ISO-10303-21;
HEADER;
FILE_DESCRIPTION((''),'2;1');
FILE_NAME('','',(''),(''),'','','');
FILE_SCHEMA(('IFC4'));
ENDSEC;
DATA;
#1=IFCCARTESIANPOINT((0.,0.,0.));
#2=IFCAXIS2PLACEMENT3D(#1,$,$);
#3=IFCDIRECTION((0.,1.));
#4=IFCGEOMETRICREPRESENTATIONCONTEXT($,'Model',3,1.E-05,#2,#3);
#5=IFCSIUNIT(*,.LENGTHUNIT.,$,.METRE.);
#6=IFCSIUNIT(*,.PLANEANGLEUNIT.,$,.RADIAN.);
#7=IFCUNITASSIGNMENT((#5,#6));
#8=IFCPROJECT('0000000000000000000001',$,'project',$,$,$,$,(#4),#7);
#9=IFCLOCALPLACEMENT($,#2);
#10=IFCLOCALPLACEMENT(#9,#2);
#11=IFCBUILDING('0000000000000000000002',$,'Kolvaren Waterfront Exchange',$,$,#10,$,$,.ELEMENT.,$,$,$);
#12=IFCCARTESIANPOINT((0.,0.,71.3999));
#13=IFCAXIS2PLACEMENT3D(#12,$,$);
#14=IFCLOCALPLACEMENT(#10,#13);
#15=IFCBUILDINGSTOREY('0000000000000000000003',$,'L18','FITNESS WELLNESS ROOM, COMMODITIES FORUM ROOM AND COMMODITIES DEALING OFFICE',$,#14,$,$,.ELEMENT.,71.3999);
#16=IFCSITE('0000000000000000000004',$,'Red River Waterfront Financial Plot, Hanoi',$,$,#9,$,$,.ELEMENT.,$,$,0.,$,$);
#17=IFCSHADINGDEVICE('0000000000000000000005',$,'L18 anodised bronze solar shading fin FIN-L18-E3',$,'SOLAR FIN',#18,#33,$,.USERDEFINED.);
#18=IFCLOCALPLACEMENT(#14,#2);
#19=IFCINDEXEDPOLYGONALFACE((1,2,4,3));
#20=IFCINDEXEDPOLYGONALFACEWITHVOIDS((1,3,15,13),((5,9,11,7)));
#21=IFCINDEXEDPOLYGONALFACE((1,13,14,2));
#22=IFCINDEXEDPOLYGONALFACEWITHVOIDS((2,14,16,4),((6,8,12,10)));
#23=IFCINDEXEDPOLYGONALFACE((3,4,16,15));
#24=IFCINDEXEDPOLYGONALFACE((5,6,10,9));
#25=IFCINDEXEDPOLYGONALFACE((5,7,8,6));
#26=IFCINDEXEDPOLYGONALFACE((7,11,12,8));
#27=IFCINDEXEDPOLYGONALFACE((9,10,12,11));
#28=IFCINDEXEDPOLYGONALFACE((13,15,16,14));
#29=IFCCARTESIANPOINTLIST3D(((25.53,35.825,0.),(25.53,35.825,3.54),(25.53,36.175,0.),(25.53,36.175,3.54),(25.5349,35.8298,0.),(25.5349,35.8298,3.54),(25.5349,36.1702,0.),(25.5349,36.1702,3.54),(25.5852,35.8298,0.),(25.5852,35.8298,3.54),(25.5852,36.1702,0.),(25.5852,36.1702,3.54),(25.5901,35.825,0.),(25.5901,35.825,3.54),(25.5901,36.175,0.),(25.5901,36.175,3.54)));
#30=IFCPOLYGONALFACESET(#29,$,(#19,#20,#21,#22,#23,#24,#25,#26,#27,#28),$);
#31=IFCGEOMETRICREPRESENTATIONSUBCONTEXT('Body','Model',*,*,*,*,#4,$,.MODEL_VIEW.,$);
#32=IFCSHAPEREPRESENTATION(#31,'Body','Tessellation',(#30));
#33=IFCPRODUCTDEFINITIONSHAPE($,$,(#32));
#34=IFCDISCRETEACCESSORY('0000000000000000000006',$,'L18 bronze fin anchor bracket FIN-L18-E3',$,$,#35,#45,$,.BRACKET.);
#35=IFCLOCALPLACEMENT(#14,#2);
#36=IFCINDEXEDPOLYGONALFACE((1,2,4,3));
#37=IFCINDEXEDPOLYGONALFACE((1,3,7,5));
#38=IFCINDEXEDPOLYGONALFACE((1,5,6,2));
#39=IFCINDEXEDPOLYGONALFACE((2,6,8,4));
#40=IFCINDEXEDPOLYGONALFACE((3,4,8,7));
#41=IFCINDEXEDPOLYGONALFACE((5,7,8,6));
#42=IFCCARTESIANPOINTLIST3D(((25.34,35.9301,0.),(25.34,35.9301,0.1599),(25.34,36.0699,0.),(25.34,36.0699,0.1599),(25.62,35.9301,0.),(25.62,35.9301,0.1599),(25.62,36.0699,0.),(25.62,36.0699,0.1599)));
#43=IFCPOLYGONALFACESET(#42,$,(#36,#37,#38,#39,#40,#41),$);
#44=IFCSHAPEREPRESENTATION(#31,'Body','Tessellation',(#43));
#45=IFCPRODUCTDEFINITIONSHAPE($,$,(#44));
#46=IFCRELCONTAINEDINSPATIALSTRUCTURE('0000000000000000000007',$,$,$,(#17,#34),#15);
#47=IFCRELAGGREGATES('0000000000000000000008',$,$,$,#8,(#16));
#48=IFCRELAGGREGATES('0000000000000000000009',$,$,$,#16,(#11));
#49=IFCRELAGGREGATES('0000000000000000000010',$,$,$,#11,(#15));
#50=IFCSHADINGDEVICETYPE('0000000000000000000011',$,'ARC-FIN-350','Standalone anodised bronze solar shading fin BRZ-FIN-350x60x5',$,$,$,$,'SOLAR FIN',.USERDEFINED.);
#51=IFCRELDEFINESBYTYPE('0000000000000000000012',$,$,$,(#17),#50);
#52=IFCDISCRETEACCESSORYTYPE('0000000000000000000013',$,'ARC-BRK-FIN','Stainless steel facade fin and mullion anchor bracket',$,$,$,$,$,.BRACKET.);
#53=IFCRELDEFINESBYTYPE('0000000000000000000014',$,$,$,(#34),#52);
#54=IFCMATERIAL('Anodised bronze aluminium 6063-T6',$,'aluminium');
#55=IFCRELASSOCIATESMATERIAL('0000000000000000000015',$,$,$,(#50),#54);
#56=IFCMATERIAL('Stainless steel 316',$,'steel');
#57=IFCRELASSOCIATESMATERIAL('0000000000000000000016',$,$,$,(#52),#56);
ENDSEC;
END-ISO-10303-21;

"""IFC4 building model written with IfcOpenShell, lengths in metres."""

from ifc_helpers import new_model, si_unit, direction, frame, origin, origin_with_axes, origin_2d, place, context, subcontext, project, spatial, rectangle, hollow_rectangle, extrude, source, transform, mapped, material, material_profile, profile_set, type_object, element, save


model = new_model("IFC4")

# Units and contexts
model_context = context("Model", 3, precision=1e-05, world=origin(), true_north=direction((0.0, 1.0)))
body_context = subcontext(model_context, "Body", "Model", "MODEL_VIEW")
ifc_project = project(units=[si_unit("LENGTHUNIT", "METRE"), si_unit("PLANEANGLEUNIT", "RADIAN")], contexts=[model_context])

# Site, building, storey
site_placement = place(None, origin())
site = spatial("IfcSite", under=ifc_project, at=site_placement, Name="Red River Waterfront Financial Plot, Hanoi", CompositionType="ELEMENT", RefElevation=0.0)
building_placement = place(site_placement, origin())
building = spatial("IfcBuilding", under=site, at=building_placement, Name="Kolvaren Waterfront Exchange", CompositionType="ELEMENT")
storey_placement = place(building_placement, frame((0.0, 0.0, 71.3999)))
storey = spatial("IfcBuildingStorey", under=building, at=storey_placement, Name="L18", Description="FITNESS WELLNESS ROOM, COMMODITIES FORUM ROOM AND COMMODITIES DEALING OFFICE", CompositionType="ELEMENT", Elevation=71.3999)

# Shared definitions
ifc_material_1 = material(Name="Anodised bronze aluminium 6063-T6", Category="aluminium")

# Shading device
ifc_material_profile_1 = material_profile(ifc_material_1, hollow_rectangle(XDim=0.0601, YDim=0.3501, WallThickness=0.0049, at=origin_2d()), Name="BRZ-FIN-350x60x5")
ifc_profile_set_1 = profile_set([ifc_material_profile_1], Name="Anodised bronze aluminium 6063-T6")
shading_device_type = type_object("IfcShadingDeviceType", Name="ARC-FIN-350", Description="Standalone anodised bronze solar shading fin BRZ-FIN-350x60x5", ElementType="SOLAR FIN", PredefinedType="USERDEFINED", material=ifc_profile_set_1)
shading_device_placement = place(storey_placement, frame((25.5601, 36.0, 0.0), z_axis=(0.0, 0.0, 1.0), x_axis=(1.0, 0.0, 0.0)))
element("IfcShadingDevice", 1, at=shading_device_placement, inside=storey, type_object=shading_device_type, Name="L18 anodised bronze solar shading fin FIN-L18-E3", ObjectType="SOLAR FIN", PredefinedType="USERDEFINED", context=body_context, shape_type="SweptSolid", body=[
    extrude(hollow_rectangle(XDim=0.0601, YDim=0.3501, WallThickness=0.0049, at=origin_2d()), origin(), (0.0, 0.0, 1.0), 3.54),
])

# Discrete accessory
ifc_material_2 = material(Name="Stainless steel 316", Category="steel")
discrete_accessory_type = type_object("IfcDiscreteAccessoryType", Name="ARC-BRK-FIN", Description="Stainless steel facade fin and mullion anchor bracket", PredefinedType="BRACKET", material=ifc_material_2)
shared_shape_1 = source(origin_with_axes(), body_context, "Body", "SweptSolid", [
    extrude(rectangle(XDim=0.28, YDim=0.1399, at=origin_2d()), origin(), (0.0, 0.0, 1.0), 0.1599),
])
discrete_accessory_placement = place(storey_placement, frame((25.48, 36.0, 0.0), z_axis=(0.0, 0.0, 1.0), x_axis=(1.0, 0.0, 0.0)))
element("IfcDiscreteAccessory", 2, at=discrete_accessory_placement, inside=storey, type_object=discrete_accessory_type, Name="L18 bronze fin anchor bracket FIN-L18-E3", PredefinedType="BRACKET", context=body_context, shape_type="MappedRepresentation", body=[
    mapped(shared_shape_1, transform((0.0, 0.0, 0.0), x_axis=(1.0, 0.0, 0.0), y_axis=(0.0, 1.0, 0.0), z_axis=(0.0, 0.0, 1.0), scale=1.0)),
])

save(model, "model.ifc")
